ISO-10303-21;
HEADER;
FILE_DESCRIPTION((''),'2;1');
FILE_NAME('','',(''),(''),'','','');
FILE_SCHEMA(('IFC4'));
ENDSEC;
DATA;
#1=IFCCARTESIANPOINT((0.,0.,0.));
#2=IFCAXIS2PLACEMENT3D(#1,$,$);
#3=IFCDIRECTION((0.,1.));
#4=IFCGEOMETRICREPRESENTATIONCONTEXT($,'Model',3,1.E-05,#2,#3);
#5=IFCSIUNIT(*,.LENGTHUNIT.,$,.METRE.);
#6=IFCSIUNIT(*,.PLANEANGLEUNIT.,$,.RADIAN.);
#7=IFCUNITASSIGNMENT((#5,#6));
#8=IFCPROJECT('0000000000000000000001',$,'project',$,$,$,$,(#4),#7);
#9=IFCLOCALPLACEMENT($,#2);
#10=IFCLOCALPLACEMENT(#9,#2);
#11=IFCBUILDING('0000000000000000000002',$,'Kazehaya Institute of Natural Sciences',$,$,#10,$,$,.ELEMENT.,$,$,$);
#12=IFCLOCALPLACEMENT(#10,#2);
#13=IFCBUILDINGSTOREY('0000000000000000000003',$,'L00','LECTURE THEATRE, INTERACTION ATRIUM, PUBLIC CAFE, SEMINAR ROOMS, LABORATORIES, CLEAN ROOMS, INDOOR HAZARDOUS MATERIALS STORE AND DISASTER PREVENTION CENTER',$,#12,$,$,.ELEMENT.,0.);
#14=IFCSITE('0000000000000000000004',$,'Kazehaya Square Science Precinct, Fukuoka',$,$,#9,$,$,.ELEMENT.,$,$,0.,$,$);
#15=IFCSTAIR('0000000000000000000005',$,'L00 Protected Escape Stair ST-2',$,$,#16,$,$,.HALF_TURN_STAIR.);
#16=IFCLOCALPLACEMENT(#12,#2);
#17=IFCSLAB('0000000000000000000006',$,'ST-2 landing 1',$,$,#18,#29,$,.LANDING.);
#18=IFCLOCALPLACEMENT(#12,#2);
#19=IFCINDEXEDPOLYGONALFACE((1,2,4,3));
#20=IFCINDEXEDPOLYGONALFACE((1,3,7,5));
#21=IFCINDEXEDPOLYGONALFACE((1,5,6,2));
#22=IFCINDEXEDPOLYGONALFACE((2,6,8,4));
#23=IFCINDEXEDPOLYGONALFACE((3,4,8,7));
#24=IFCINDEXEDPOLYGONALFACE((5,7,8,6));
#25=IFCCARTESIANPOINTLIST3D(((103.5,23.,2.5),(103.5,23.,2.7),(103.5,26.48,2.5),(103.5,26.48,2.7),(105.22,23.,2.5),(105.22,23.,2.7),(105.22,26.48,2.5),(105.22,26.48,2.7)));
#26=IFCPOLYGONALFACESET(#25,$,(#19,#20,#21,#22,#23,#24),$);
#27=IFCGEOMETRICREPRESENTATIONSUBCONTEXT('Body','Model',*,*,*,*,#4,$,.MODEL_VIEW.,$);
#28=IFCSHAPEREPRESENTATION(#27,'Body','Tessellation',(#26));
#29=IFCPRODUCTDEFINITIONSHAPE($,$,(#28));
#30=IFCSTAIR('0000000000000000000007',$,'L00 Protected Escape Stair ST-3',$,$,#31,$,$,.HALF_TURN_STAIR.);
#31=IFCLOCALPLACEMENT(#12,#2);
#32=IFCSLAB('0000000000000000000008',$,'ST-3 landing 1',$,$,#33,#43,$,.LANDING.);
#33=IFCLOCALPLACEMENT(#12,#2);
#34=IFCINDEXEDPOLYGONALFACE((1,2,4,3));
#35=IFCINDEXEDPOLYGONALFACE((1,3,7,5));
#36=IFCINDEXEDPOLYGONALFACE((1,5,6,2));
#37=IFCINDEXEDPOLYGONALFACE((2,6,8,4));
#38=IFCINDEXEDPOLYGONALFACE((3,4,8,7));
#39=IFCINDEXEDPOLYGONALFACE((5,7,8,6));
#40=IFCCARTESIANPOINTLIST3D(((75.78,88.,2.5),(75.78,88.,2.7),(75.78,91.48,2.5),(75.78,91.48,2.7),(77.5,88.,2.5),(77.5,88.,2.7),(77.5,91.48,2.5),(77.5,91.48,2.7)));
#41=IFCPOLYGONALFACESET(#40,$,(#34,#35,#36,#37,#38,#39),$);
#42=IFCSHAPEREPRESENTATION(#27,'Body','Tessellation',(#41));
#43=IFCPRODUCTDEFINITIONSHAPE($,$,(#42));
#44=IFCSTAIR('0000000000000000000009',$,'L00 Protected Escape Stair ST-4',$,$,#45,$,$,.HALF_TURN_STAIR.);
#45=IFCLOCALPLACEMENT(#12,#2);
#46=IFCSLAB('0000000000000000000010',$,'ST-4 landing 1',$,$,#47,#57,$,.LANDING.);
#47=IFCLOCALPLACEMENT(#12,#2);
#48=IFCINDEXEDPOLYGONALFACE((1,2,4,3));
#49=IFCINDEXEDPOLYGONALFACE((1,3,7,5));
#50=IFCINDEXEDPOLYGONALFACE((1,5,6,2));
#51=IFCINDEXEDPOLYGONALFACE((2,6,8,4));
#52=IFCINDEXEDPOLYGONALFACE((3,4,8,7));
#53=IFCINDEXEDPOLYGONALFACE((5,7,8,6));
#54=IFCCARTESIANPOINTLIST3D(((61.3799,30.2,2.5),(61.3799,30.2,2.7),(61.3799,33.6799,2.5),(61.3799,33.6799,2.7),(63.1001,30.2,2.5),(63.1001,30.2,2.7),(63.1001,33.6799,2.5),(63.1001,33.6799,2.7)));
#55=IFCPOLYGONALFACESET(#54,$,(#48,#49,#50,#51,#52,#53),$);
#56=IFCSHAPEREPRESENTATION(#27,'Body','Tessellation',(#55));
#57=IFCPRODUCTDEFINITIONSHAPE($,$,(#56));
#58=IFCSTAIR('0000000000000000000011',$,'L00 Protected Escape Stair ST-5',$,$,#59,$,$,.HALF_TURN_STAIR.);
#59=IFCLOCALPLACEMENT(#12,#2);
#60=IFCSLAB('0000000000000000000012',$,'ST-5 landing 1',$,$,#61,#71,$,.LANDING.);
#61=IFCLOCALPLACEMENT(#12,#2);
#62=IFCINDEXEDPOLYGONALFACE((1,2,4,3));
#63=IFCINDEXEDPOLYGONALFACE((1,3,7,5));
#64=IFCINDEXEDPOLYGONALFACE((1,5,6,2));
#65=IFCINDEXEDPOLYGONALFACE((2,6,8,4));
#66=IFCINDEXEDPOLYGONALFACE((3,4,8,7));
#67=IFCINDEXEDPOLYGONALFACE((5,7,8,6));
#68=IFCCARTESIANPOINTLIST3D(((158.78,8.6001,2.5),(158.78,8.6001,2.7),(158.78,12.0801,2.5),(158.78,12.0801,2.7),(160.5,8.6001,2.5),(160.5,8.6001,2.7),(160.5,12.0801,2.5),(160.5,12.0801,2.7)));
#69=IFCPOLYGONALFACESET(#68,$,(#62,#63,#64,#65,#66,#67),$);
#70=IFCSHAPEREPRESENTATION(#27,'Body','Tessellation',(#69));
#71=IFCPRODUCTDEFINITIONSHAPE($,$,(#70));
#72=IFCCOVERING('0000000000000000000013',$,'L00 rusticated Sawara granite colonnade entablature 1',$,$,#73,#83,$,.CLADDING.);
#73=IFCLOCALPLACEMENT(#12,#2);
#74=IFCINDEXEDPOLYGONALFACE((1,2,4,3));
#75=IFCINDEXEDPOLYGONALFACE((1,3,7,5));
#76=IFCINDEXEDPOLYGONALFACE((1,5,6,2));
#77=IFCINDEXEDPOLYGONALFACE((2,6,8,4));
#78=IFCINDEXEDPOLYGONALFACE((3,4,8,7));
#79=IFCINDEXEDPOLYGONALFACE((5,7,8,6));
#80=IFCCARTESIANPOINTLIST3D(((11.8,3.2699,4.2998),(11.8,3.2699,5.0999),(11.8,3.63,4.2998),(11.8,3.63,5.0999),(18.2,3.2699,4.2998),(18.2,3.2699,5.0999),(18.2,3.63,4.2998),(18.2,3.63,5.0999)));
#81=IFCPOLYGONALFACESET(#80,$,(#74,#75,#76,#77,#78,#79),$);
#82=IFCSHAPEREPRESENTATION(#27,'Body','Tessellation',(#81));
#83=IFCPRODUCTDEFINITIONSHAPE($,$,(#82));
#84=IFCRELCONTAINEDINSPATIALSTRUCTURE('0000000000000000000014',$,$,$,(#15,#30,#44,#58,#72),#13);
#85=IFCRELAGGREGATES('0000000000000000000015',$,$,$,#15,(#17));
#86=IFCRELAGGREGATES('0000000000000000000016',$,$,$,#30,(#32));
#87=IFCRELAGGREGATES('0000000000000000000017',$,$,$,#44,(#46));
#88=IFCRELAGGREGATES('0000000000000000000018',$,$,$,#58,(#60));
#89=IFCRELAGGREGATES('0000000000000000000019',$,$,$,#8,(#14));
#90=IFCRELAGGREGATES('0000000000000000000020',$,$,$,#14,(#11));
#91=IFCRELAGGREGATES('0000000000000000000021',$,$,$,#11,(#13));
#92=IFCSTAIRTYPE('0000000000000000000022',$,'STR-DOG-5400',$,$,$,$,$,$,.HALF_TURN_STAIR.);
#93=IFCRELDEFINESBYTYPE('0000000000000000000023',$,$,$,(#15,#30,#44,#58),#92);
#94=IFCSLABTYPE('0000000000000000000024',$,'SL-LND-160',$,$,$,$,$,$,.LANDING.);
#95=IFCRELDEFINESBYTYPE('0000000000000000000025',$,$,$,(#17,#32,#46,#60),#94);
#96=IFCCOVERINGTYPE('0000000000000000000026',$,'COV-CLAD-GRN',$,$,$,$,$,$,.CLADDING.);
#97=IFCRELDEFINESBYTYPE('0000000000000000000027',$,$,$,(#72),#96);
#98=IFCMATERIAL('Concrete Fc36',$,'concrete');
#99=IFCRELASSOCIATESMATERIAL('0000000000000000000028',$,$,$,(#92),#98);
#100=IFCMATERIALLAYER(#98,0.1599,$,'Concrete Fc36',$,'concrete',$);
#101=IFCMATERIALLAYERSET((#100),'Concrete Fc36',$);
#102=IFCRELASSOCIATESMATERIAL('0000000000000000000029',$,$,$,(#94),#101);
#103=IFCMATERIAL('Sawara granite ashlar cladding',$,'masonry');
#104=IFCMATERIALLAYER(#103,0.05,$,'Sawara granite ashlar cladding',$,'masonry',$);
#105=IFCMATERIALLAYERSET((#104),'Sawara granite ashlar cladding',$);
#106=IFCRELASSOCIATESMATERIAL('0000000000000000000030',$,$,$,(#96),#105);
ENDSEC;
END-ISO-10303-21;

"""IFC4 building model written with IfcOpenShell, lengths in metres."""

from ifc_helpers import new_model, si_unit, direction, frame, origin, origin_2d, place, context, subcontext, project, spatial, polyline, rectangle, outline, extrude, material, layer, layer_set, type_object, element, aggregate, save


model = new_model("IFC4")

# Units and contexts
model_context = context("Model", 3, precision=1e-05, world=origin(), true_north=direction((0.0, 1.0)))
body_context = subcontext(model_context, "Body", "Model", "MODEL_VIEW")
ifc_project = project(units=[si_unit("LENGTHUNIT", "METRE"), si_unit("PLANEANGLEUNIT", "RADIAN")], contexts=[model_context])

# Site, building, storey
site_placement = place(None, origin())
site = spatial("IfcSite", under=ifc_project, at=site_placement, Name="Kazehaya Square Science Precinct, Fukuoka", CompositionType="ELEMENT", RefElevation=0.0)
building_placement = place(site_placement, origin())
building = spatial("IfcBuilding", under=site, at=building_placement, Name="Kazehaya Institute of Natural Sciences", CompositionType="ELEMENT")
storey_placement = place(building_placement, origin())
storey = spatial("IfcBuildingStorey", under=building, at=storey_placement, Name="L00", Description="LECTURE THEATRE, INTERACTION ATRIUM, PUBLIC CAFE, SEMINAR ROOMS, LABORATORIES, CLEAN ROOMS, INDOOR HAZARDOUS MATERIALS STORE AND DISASTER PREVENTION CENTER", CompositionType="ELEMENT", Elevation=0.0)

# Shared definitions
ifc_material_1 = material(Name="Concrete Fc36", Category="concrete")

# Stairs, slabs
stair_type = type_object("IfcStairType", Name="STR-DOG-5400", PredefinedType="HALF_TURN_STAIR", material=ifc_material_1)
ifc_layer_1 = layer(ifc_material_1, 0.1599, Name="Concrete Fc36", Category="concrete")
ifc_layer_set_1 = layer_set([ifc_layer_1], Name="Concrete Fc36")
slab_type_1 = type_object("IfcSlabType", Name="SL-LND-160", PredefinedType="LANDING", material=ifc_layer_set_1)
stair_1_placement = place(storey_placement, origin())
stair_1 = element("IfcStair", 1, at=stair_1_placement, inside=storey, type_object=stair_type, Name="L00 Protected Escape Stair ST-2", PredefinedType="HALF_TURN_STAIR")
slab_1_placement = place(storey_placement, frame((0.0, 0.0, 2.5)))
slab_1 = element("IfcSlab", 2, at=slab_1_placement, type_object=slab_type_1, Name="ST-2 landing 1", PredefinedType="LANDING", context=body_context, shape_type="SweptSolid", body=[
    extrude(outline(polyline([(105.22, 26.48), (103.5, 26.48), (103.5, 23.0), (105.22, 23.0), (105.22, 26.48)])), origin(), (0.0, 0.0, 1.0), 0.2),
])
aggregate(stair_1, [slab_1])
stair_2_placement = place(storey_placement, origin())
stair_2 = element("IfcStair", 3, at=stair_2_placement, inside=storey, type_object=stair_type, Name="L00 Protected Escape Stair ST-3", PredefinedType="HALF_TURN_STAIR")
slab_2_placement = place(storey_placement, frame((0.0, 0.0, 2.5)))
slab_2 = element("IfcSlab", 4, at=slab_2_placement, type_object=slab_type_1, Name="ST-3 landing 1", PredefinedType="LANDING", context=body_context, shape_type="SweptSolid", body=[
    extrude(outline(polyline([(75.78, 88.0), (77.5, 88.0), (77.5, 91.48), (75.78, 91.48), (75.78, 88.0)])), origin(), (0.0, 0.0, 1.0), 0.2),
])
aggregate(stair_2, [slab_2])
stair_3_placement = place(storey_placement, origin())
stair_3 = element("IfcStair", 5, at=stair_3_placement, inside=storey, type_object=stair_type, Name="L00 Protected Escape Stair ST-4", PredefinedType="HALF_TURN_STAIR")
slab_3_placement = place(storey_placement, frame((0.0, 0.0, 2.5)))
slab_3 = element("IfcSlab", 6, at=slab_3_placement, type_object=slab_type_1, Name="ST-4 landing 1", PredefinedType="LANDING", context=body_context, shape_type="SweptSolid", body=[
    extrude(outline(polyline([(61.3799, 30.2), (63.1001, 30.2), (63.1001, 33.6799), (61.3799, 33.6799), (61.3799, 30.2)])), origin(), (0.0, 0.0, 1.0), 0.2),
])
aggregate(stair_3, [slab_3])
stair_4_placement = place(storey_placement, origin())
stair_4 = element("IfcStair", 7, at=stair_4_placement, inside=storey, type_object=stair_type, Name="L00 Protected Escape Stair ST-5", PredefinedType="HALF_TURN_STAIR")
slab_4_placement = place(storey_placement, frame((0.0, 0.0, 2.5)))
slab_4 = element("IfcSlab", 8, at=slab_4_placement, type_object=slab_type_1, Name="ST-5 landing 1", PredefinedType="LANDING", context=body_context, shape_type="SweptSolid", body=[
    extrude(outline(polyline([(158.78, 8.6001), (160.5, 8.6001), (160.5, 12.0801), (158.78, 12.0801), (158.78, 8.6001)])), origin(), (0.0, 0.0, 1.0), 0.2),
])
aggregate(stair_4, [slab_4])

# Covering
ifc_material_2 = material(Name="Sawara granite ashlar cladding", Category="masonry")
ifc_layer_2 = layer(ifc_material_2, 0.05, Name="Sawara granite ashlar cladding", Category="masonry")
ifc_layer_set_2 = layer_set([ifc_layer_2], Name="Sawara granite ashlar cladding")
covering_type = type_object("IfcCoveringType", Name="COV-CLAD-GRN", PredefinedType="CLADDING", material=ifc_layer_set_2)
covering_placement = place(storey_placement, frame((15.0, 3.45, 4.2998), z_axis=(0.0, 0.0, 1.0), x_axis=(1.0, 0.0, 0.0)))
element("IfcCovering", 9, at=covering_placement, inside=storey, type_object=covering_type, Name="L00 rusticated Sawara granite colonnade entablature 1", PredefinedType="CLADDING", context=body_context, shape_type="SweptSolid", body=[
    extrude(rectangle(XDim=6.3999, YDim=0.3601, at=origin_2d()), origin(), (0.0, 0.0, 1.0), 0.8),
])

save(model, "model.ifc")
